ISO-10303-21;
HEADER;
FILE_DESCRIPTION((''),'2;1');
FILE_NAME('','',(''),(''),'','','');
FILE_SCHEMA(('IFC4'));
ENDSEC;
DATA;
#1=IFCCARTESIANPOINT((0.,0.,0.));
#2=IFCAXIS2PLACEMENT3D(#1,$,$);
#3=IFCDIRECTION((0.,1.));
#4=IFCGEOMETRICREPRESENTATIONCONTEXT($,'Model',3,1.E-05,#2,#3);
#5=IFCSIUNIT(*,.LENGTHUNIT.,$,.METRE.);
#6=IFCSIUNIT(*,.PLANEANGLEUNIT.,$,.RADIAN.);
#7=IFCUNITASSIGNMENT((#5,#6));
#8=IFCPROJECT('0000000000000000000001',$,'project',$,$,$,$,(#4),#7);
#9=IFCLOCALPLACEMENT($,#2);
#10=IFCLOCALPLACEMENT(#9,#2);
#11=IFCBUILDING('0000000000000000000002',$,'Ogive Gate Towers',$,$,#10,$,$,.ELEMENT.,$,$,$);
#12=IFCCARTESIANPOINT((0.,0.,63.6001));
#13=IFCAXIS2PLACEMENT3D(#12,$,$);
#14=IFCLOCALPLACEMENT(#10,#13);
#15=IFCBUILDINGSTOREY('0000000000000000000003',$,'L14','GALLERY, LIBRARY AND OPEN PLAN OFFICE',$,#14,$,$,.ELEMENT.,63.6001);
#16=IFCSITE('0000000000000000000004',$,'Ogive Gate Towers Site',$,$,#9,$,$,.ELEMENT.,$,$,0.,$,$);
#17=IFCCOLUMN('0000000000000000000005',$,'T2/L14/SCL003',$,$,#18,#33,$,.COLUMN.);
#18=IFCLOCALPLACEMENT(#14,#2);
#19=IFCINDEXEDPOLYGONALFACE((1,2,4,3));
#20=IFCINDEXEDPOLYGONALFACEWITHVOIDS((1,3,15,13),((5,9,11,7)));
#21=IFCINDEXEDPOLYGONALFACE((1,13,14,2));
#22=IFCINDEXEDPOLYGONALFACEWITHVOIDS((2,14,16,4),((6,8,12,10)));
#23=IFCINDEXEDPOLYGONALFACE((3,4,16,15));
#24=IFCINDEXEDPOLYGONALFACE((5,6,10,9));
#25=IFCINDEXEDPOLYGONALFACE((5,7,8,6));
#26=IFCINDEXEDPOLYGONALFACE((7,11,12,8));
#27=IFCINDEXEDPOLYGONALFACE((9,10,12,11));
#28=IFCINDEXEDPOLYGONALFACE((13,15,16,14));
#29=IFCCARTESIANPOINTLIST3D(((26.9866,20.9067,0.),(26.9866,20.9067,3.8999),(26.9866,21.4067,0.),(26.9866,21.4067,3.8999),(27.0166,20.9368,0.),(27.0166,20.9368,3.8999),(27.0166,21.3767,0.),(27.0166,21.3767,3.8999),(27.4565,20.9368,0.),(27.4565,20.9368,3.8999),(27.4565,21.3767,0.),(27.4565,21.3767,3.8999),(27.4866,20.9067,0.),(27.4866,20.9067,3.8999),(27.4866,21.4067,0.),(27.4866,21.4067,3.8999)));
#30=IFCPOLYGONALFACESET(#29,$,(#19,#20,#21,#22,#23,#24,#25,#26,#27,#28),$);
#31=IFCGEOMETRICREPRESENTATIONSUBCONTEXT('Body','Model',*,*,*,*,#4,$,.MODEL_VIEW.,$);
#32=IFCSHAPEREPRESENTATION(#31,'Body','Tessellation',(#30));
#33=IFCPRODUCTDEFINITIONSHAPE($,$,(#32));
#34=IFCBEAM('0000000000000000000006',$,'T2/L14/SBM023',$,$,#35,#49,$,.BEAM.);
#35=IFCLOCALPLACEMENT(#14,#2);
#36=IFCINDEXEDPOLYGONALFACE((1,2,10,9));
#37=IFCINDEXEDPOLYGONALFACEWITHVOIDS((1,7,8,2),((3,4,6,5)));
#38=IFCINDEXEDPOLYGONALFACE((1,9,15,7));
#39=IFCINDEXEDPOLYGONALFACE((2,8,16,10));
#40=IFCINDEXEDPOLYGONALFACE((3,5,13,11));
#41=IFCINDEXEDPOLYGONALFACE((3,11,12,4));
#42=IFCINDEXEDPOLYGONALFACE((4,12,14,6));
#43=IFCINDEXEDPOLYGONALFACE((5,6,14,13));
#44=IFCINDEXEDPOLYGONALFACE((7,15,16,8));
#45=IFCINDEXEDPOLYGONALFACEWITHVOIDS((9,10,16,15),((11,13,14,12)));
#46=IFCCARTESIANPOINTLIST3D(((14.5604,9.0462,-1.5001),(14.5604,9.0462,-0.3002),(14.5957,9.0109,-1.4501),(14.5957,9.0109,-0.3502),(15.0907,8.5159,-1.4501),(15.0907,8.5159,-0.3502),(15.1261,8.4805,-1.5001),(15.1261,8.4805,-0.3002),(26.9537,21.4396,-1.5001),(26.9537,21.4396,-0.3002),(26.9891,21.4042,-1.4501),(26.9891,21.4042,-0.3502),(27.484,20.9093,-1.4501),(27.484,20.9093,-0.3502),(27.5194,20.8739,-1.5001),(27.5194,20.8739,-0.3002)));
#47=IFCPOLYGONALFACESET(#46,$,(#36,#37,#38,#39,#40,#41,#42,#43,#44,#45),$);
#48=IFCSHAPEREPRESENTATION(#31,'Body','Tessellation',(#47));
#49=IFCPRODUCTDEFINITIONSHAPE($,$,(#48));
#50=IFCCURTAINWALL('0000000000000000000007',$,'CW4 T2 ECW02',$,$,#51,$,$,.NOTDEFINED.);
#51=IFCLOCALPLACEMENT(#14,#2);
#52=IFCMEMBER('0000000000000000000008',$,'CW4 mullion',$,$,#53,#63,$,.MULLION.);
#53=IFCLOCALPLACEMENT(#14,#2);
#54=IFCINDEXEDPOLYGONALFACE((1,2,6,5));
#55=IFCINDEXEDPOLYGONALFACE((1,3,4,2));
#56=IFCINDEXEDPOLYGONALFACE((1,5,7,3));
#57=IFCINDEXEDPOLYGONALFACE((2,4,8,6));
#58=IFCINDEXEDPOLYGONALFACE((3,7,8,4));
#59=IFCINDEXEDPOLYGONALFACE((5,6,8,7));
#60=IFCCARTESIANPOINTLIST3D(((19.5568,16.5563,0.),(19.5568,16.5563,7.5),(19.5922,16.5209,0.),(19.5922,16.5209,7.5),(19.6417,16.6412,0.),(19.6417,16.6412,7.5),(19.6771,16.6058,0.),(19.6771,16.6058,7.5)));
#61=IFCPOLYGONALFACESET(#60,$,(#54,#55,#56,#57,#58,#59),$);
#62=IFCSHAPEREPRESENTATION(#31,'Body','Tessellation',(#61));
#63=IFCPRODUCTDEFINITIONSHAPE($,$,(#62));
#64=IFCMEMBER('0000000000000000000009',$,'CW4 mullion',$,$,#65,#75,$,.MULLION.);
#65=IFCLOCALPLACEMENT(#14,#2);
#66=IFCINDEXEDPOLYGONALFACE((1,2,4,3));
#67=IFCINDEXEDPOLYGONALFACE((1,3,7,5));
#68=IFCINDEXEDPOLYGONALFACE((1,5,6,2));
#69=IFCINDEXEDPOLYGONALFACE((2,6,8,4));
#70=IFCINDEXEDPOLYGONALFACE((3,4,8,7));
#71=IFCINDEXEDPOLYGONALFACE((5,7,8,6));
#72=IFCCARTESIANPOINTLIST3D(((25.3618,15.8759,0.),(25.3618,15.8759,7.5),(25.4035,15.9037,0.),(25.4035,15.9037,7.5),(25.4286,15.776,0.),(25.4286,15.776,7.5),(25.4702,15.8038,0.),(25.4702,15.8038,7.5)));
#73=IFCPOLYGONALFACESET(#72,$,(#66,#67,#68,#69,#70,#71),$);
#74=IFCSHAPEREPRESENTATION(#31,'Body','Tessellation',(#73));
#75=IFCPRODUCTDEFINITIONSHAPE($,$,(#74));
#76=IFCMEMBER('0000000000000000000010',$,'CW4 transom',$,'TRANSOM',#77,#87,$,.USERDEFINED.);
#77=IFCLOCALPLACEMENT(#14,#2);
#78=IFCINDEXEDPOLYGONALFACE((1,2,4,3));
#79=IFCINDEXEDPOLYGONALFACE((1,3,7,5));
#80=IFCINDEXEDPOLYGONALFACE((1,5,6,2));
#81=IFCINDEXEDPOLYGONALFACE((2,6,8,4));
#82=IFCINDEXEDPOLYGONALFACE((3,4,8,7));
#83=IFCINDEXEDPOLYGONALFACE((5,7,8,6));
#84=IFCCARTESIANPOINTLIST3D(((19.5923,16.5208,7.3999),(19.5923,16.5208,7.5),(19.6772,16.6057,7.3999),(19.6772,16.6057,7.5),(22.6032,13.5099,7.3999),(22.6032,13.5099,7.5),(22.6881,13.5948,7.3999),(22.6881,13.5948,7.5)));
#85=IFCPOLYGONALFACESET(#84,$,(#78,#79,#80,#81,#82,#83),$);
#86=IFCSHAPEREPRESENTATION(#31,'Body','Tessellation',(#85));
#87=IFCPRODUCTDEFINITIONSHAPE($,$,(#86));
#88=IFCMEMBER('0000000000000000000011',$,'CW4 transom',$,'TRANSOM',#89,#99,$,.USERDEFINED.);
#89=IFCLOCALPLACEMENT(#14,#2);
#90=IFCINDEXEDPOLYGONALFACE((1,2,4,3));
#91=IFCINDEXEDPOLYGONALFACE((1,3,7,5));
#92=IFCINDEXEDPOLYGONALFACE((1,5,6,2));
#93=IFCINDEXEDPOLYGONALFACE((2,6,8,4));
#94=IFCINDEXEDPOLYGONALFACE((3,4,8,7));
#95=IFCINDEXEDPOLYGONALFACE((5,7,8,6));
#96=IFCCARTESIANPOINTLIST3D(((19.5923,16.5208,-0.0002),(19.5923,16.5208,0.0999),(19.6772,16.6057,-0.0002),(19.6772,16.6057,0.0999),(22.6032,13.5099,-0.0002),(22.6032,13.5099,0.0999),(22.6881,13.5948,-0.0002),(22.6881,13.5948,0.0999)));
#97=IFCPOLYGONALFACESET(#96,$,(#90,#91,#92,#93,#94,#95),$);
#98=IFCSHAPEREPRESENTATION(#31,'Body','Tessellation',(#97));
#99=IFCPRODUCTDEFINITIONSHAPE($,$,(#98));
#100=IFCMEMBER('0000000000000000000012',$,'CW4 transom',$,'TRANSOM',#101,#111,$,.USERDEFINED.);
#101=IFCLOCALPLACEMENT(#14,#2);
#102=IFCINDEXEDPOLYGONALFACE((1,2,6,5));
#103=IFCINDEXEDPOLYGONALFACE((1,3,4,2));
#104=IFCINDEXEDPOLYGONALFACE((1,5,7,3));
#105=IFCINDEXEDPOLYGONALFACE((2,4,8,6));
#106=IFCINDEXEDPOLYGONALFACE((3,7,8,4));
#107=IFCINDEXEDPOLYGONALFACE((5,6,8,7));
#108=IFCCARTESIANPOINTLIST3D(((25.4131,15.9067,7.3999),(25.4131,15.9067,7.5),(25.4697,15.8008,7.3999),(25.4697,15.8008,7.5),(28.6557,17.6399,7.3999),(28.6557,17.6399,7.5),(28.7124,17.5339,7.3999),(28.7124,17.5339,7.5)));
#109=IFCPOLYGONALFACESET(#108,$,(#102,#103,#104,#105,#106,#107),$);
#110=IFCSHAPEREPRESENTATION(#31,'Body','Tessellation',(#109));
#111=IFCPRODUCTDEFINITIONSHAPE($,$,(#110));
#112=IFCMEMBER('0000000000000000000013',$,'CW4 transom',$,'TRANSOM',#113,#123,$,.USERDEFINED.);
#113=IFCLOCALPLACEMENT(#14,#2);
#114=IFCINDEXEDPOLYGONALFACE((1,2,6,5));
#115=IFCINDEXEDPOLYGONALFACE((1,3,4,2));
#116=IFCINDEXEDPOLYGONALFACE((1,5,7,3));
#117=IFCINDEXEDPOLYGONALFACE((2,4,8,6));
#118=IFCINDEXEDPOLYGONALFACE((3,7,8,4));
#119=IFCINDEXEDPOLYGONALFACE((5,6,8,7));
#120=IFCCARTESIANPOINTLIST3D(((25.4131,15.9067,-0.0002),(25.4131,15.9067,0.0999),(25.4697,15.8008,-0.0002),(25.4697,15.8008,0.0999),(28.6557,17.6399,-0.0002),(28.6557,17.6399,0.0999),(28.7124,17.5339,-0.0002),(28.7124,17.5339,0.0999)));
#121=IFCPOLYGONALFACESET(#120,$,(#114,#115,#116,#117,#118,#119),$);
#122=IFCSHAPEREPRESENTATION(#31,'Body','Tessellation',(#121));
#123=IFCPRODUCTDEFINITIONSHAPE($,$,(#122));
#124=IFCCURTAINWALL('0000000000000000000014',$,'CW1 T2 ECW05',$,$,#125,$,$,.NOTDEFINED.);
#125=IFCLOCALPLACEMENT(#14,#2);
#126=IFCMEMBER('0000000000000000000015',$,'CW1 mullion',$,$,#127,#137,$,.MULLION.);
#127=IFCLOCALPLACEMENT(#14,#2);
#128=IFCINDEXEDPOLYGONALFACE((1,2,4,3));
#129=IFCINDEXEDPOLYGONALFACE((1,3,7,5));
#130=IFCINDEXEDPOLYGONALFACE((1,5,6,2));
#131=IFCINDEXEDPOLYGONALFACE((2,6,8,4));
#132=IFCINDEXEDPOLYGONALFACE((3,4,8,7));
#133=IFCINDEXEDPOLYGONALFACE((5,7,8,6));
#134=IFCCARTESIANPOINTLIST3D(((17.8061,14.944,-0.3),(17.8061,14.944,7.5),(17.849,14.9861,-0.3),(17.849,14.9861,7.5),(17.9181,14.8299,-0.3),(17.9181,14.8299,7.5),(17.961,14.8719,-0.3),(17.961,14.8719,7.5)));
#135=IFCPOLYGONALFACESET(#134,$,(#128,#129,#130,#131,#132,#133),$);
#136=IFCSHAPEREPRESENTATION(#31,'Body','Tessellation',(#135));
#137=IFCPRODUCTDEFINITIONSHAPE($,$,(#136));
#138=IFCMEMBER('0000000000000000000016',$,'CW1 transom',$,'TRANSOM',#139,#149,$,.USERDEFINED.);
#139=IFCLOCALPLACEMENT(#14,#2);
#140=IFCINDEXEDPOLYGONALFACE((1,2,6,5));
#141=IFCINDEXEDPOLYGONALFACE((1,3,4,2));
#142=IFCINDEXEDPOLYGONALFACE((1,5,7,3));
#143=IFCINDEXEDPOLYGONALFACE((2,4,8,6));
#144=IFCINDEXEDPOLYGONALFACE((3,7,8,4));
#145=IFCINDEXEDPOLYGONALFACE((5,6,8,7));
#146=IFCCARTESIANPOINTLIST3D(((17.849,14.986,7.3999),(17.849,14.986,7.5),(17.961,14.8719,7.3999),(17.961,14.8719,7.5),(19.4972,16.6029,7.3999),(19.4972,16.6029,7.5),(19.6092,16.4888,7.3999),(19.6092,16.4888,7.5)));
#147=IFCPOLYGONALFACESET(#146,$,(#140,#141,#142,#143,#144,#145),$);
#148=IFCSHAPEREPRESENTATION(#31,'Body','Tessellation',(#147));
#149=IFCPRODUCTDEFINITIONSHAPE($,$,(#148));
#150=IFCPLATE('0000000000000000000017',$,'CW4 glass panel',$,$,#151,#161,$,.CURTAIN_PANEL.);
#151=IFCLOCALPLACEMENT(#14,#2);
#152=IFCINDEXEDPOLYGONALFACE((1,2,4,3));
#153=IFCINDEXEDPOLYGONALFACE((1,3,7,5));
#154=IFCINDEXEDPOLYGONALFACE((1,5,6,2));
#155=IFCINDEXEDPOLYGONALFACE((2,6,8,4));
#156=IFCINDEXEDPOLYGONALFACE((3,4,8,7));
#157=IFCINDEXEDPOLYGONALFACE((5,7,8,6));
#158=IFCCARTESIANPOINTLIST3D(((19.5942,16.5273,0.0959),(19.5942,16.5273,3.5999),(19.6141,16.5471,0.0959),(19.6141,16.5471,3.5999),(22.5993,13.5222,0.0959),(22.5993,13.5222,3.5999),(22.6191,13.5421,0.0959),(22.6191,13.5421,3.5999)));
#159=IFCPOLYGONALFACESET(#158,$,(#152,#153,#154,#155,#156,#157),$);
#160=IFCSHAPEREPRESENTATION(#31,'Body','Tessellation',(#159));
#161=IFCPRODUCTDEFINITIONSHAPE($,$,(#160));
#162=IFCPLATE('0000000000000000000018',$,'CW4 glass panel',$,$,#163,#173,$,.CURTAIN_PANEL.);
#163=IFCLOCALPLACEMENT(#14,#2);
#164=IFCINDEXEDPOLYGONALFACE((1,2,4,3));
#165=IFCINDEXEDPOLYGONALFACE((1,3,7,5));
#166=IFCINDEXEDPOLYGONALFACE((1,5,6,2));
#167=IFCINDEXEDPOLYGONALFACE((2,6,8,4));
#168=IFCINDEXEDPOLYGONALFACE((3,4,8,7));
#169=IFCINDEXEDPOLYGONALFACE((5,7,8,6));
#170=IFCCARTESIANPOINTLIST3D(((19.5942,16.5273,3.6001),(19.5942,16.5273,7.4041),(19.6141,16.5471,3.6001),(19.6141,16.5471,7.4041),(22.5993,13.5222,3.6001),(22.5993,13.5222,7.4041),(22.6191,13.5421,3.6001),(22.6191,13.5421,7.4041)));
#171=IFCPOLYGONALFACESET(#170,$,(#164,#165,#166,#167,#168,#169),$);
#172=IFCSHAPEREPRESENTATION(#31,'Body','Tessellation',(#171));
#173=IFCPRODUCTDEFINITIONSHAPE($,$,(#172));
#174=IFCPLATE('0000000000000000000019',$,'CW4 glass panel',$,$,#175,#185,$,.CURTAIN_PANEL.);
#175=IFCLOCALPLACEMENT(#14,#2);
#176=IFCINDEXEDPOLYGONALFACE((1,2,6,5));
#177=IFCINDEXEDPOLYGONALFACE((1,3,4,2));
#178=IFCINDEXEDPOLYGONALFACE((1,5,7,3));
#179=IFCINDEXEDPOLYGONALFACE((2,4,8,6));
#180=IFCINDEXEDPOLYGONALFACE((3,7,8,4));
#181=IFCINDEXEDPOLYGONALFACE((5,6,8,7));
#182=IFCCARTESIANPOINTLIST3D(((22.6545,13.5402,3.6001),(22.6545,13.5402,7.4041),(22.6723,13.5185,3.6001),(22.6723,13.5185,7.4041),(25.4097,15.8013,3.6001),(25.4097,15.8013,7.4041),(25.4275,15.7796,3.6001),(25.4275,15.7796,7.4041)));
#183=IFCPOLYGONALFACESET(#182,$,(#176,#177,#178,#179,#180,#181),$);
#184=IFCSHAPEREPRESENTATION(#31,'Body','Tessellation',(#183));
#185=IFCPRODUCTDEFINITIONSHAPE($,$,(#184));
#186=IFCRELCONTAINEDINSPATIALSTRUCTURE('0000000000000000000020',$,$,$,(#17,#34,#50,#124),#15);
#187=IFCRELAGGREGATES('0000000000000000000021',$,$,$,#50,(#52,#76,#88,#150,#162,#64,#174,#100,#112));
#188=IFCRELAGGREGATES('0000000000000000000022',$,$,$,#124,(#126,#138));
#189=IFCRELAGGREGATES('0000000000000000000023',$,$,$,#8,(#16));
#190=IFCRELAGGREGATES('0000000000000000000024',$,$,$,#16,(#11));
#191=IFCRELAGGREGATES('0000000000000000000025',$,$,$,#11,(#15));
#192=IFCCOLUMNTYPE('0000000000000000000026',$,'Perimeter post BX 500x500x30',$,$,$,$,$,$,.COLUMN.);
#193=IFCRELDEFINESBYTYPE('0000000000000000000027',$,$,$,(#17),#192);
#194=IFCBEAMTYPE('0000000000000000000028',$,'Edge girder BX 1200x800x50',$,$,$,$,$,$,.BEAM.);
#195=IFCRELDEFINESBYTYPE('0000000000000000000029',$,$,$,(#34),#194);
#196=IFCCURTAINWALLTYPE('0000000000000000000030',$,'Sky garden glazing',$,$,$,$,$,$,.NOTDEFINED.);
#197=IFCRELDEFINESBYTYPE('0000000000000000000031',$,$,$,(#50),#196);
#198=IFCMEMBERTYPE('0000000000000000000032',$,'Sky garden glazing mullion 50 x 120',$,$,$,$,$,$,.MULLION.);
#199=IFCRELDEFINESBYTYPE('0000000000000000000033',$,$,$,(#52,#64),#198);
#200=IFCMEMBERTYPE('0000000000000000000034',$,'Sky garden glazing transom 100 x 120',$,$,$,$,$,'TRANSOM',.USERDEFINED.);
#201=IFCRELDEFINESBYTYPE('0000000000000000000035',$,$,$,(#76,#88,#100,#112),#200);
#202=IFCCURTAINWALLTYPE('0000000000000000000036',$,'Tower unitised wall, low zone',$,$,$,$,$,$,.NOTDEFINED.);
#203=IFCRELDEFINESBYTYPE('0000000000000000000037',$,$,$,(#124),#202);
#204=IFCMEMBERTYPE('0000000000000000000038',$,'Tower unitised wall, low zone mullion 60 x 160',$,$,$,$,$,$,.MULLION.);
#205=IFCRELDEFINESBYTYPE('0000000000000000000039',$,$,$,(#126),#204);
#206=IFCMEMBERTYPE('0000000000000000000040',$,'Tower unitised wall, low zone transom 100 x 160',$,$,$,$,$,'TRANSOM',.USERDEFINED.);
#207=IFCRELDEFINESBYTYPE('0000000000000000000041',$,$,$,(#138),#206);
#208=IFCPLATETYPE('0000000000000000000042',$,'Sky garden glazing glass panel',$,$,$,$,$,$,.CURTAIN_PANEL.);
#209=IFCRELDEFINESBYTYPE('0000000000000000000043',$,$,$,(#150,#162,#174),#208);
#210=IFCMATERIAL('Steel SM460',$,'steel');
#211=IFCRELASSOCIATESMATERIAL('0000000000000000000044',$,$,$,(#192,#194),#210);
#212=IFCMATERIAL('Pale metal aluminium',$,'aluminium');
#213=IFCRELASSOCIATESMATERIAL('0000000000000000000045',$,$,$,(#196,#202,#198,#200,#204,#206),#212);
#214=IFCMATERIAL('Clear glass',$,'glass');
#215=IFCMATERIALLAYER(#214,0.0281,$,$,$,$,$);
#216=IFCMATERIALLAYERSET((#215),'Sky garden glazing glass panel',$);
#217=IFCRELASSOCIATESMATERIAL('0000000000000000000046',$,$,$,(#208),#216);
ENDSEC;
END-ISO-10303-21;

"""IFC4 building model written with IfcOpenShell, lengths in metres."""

from ifc_helpers import new_model, si_unit, direction, frame, origin, origin_2d, place, context, subcontext, project, spatial, rectangle, hollow_rectangle, extrude, material, layer, layer_set, material_profile, profile_set, type_object, element, aggregate, save


model = new_model("IFC4")

# Units and contexts
model_context = context("Model", 3, precision=1e-05, world=origin(), true_north=direction((0.0, 1.0)))
body_context = subcontext(model_context, "Body", "Model", "MODEL_VIEW")
ifc_project = project(units=[si_unit("LENGTHUNIT", "METRE"), si_unit("PLANEANGLEUNIT", "RADIAN")], contexts=[model_context])

# Site, building, storey
site_placement = place(None, origin())
site = spatial("IfcSite", under=ifc_project, at=site_placement, Name="Ogive Gate Towers Site", CompositionType="ELEMENT", RefElevation=0.0)
building_placement = place(site_placement, origin())
building = spatial("IfcBuilding", under=site, at=building_placement, Name="Ogive Gate Towers", CompositionType="ELEMENT")
storey_placement = place(building_placement, frame((0.0, 0.0, 63.6001)))
storey = spatial("IfcBuildingStorey", under=building, at=storey_placement, Name="L14", Description="GALLERY, LIBRARY AND OPEN PLAN OFFICE", CompositionType="ELEMENT", Elevation=63.6001)

# Column
ifc_material_1 = material(Name="Steel SM460", Category="steel")
ifc_material_profile_1 = material_profile(ifc_material_1, hollow_rectangle(XDim=0.5, YDim=0.5, WallThickness=0.03, at=origin_2d()), Name="BX 500x500x30")
ifc_profile_set_1 = profile_set([ifc_material_profile_1], Name="Steel SM460")
column_type = type_object("IfcColumnType", Name="Perimeter post BX 500x500x30", PredefinedType="COLUMN", material=ifc_profile_set_1)
column_placement = place(storey_placement, frame((27.2366, 21.1567, 0.0), z_axis=(0.0, 0.0, 1.0), x_axis=(1.0, 0.0, 0.0)))
element("IfcColumn", 1, at=column_placement, inside=storey, type_object=column_type, Name="T2/L14/SCL003", PredefinedType="COLUMN", context=body_context, shape_type="SweptSolid", body=[
    extrude(hollow_rectangle(XDim=0.5, YDim=0.5, WallThickness=0.03, at=origin_2d()), origin(), (0.0, 0.0, 1.0), 3.8999),
])

# Beam
ifc_material_profile_2 = material_profile(ifc_material_1, hollow_rectangle(XDim=0.8, YDim=1.2, WallThickness=0.05, at=origin_2d()), Name="BX 1200x800x50")
ifc_profile_set_2 = profile_set([ifc_material_profile_2], Name="Steel SM460")
beam_type = type_object("IfcBeamType", Name="Edge girder BX 1200x800x50", PredefinedType="BEAM", material=ifc_profile_set_2)
beam_placement = place(storey_placement, frame((27.2366, 21.1567, -0.9001), z_axis=(-0.707107, -0.707107, 0.0), x_axis=(0.707107, -0.707107, 0.0)))
element("IfcBeam", 2, at=beam_placement, inside=storey, type_object=beam_type, Name="T2/L14/SBM023", PredefinedType="BEAM", context=body_context, shape_type="SweptSolid", body=[
    extrude(hollow_rectangle(XDim=0.8, YDim=1.2, WallThickness=0.05, at=origin_2d()), origin(), (0.0, 0.0, 1.0), 17.5269),
])

# Curtain walls, members
ifc_material_2 = material(Name="Pale metal aluminium", Category="aluminium")
curtain_wall_type_1 = type_object("IfcCurtainWallType", Name="Sky garden glazing", PredefinedType="NOTDEFINED", material=ifc_material_2)
curtain_wall_1_placement = place(storey_placement, origin())
curtain_wall_1 = element("IfcCurtainWall", 3, at=curtain_wall_1_placement, inside=storey, type_object=curtain_wall_type_1, Name="CW4 T2 ECW02", PredefinedType="NOTDEFINED")
ifc_material_profile_3 = material_profile(ifc_material_2, rectangle(XDim=0.1201, YDim=0.05, at=origin_2d()), Name="50 x 120 aluminium box")
ifc_profile_set_3 = profile_set([ifc_material_profile_3], Name="Pale metal aluminium")
member_type_1 = type_object("IfcMemberType", Name="Sky garden glazing mullion 50 x 120", PredefinedType="MULLION", material=ifc_profile_set_3)
member_1_placement = place(storey_placement, frame((19.6169, 16.5811, 0.0), z_axis=(0.0, 0.0, 1.0), x_axis=(-0.707107, -0.707107, 0.0)))
member_1 = element("IfcMember", 4, at=member_1_placement, type_object=member_type_1, Name="CW4 mullion", PredefinedType="MULLION", context=body_context, shape_type="SweptSolid", body=[
    extrude(rectangle(XDim=0.1201, YDim=0.05, at=origin_2d()), origin(), (0.0, 0.0, 1.0), 7.5),
])
member_2_placement = place(storey_placement, frame((25.416, 15.8398, 0.0), z_axis=(0.0, 0.0, 1.0), x_axis=(0.55557, -0.83147, 0.0)))
member_2 = element("IfcMember", 5, at=member_2_placement, type_object=member_type_1, Name="CW4 mullion", PredefinedType="MULLION", context=body_context, shape_type="SweptSolid", body=[
    extrude(rectangle(XDim=0.1201, YDim=0.05, at=origin_2d()), origin(), (0.0, 0.0, 1.0), 7.5),
])
ifc_material_profile_4 = material_profile(ifc_material_2, rectangle(XDim=0.1201, YDim=0.1001, at=origin_2d()), Name="100 x 120 aluminium box")
ifc_profile_set_4 = profile_set([ifc_material_profile_4], Name="Pale metal aluminium")
member_type_2 = type_object("IfcMemberType", Name="Sky garden glazing transom 100 x 120", ElementType="TRANSOM", PredefinedType="USERDEFINED", material=ifc_profile_set_4)
member_3_placement = place(storey_placement, frame((19.6348, 16.5632, 7.45), z_axis=(0.707107, -0.707107, 0.0), x_axis=(0.707107, 0.707107, 0.0)))
member_3 = element("IfcMember", 6, at=member_3_placement, type_object=member_type_2, Name="CW4 transom", ObjectType="TRANSOM", PredefinedType="USERDEFINED", context=body_context, shape_type="SweptSolid", body=[
    extrude(rectangle(XDim=0.1201, YDim=0.1001, at=origin_2d()), origin(), (0.0, 0.0, 1.0), 4.2581),
])
member_4_placement = place(storey_placement, frame((19.6348, 16.5632, 0.0498), z_axis=(0.707107, -0.707107, 0.0), x_axis=(0.707107, 0.707107, 0.0)))
member_4 = element("IfcMember", 7, at=member_4_placement, type_object=member_type_2, Name="CW4 transom", ObjectType="TRANSOM", PredefinedType="USERDEFINED", context=body_context, shape_type="SweptSolid", body=[
    extrude(rectangle(XDim=0.1201, YDim=0.1001, at=origin_2d()), origin(), (0.0, 0.0, 1.0), 4.2581),
])
member_5_placement = place(storey_placement, frame((25.4414, 15.8538, 7.45), z_axis=(0.881932, 0.471377, 0.0), x_axis=(-0.471377, 0.881932, 0.0)))
member_5 = element("IfcMember", 8, at=member_5_placement, type_object=member_type_2, Name="CW4 transom", ObjectType="TRANSOM", PredefinedType="USERDEFINED", context=body_context, shape_type="SweptSolid", body=[
    extrude(rectangle(XDim=0.1201, YDim=0.1001, at=origin_2d()), origin(), (0.0, 0.0, 1.0), 3.6768),
])
member_6_placement = place(storey_placement, frame((25.4414, 15.8538, 0.0498), z_axis=(0.881932, 0.471377, 0.0), x_axis=(-0.471377, 0.881932, 0.0)))
member_6 = element("IfcMember", 9, at=member_6_placement, type_object=member_type_2, Name="CW4 transom", ObjectType="TRANSOM", PredefinedType="USERDEFINED", context=body_context, shape_type="SweptSolid", body=[
    extrude(rectangle(XDim=0.1201, YDim=0.1001, at=origin_2d()), origin(), (0.0, 0.0, 1.0), 3.6768),
])
curtain_wall_type_2 = type_object("IfcCurtainWallType", Name="Tower unitised wall, low zone", PredefinedType="NOTDEFINED", material=ifc_material_2)
curtain_wall_2_placement = place(storey_placement, origin())
curtain_wall_2 = element("IfcCurtainWall", 10, at=curtain_wall_2_placement, inside=storey, type_object=curtain_wall_type_2, Name="CW1 T2 ECW05", PredefinedType="NOTDEFINED")
ifc_material_profile_5 = material_profile(ifc_material_2, rectangle(XDim=0.1599, YDim=0.0601, at=origin_2d()), Name="60 x 160 aluminium box")
ifc_profile_set_5 = profile_set([ifc_material_profile_5], Name="Pale metal aluminium")
member_type_3 = type_object("IfcMemberType", Name="Tower unitised wall, low zone mullion 60 x 160", PredefinedType="MULLION", material=ifc_profile_set_5)
member_7_placement = place(storey_placement, frame((17.8835, 14.908, -0.3), z_axis=(0.0, 0.0, 1.0), x_axis=(0.700287, -0.713862, 0.0)))
member_7 = element("IfcMember", 11, at=member_7_placement, type_object=member_type_3, Name="CW1 mullion", PredefinedType="MULLION", context=body_context, shape_type="SweptSolid", body=[
    extrude(rectangle(XDim=0.1599, YDim=0.0601, at=origin_2d()), origin(), (0.0, 0.0, 1.0), 7.8),
])
ifc_material_profile_6 = material_profile(ifc_material_2, rectangle(XDim=0.1599, YDim=0.1001, at=origin_2d()), Name="100 x 160 aluminium box")
ifc_profile_set_6 = profile_set([ifc_material_profile_6], Name="Pale metal aluminium")
member_type_4 = type_object("IfcMemberType", Name="Tower unitised wall, low zone transom 100 x 160", ElementType="TRANSOM", PredefinedType="USERDEFINED", material=ifc_profile_set_6)
member_8_placement = place(storey_placement, frame((17.905, 14.929, 7.45), z_axis=(0.713842, 0.700307, 0.0), x_axis=(-0.700307, 0.713842, 0.0)))
member_8 = element("IfcMember", 12, at=member_8_placement, type_object=member_type_4, Name="CW1 transom", ObjectType="TRANSOM", PredefinedType="USERDEFINED", context=body_context, shape_type="SweptSolid", body=[
    extrude(rectangle(XDim=0.1599, YDim=0.1001, at=origin_2d()), origin(), (0.0, 0.0, 1.0), 2.3088),
])

# Plates
ifc_material_3 = material(Name="Clear glass", Category="glass")
ifc_layer_1 = layer(ifc_material_3, 0.0281)
ifc_layer_set_1 = layer_set([ifc_layer_1], Name="Sky garden glazing glass panel")
plate_type_1 = type_object("IfcPlateType", Name="Sky garden glazing glass panel", PredefinedType="CURTAIN_PANEL", material=ifc_layer_set_1)
plate_1_placement = place(storey_placement, frame((21.1067, 15.0347, 0.0959), z_axis=(0.0, 0.0, 1.0), x_axis=(0.707107, -0.707107, 0.0)))
plate_1 = element("IfcPlate", 13, at=plate_1_placement, type_object=plate_type_1, Name="CW4 glass panel", PredefinedType="CURTAIN_PANEL", context=body_context, shape_type="SweptSolid", body=[
    extrude(rectangle(XDim=4.2498, YDim=0.0281, at=origin_2d()), origin(), (0.0, 0.0, 1.0), 3.5039),
])
plate_2_placement = place(storey_placement, frame((21.1067, 15.0347, 3.6001), z_axis=(0.0, 0.0, 1.0), x_axis=(0.707107, -0.707107, 0.0)))
plate_2 = element("IfcPlate", 14, at=plate_2_placement, type_object=plate_type_1, Name="CW4 glass panel", PredefinedType="CURTAIN_PANEL", context=body_context, shape_type="SweptSolid", body=[
    extrude(rectangle(XDim=4.2498, YDim=0.0281, at=origin_2d()), origin(), (0.0, 0.0, 1.0), 3.804),
])
plate_3_placement = place(storey_placement, frame((24.041, 14.6599, 3.6001), z_axis=(0.0, 0.0, 1.0), x_axis=(0.773022, 0.63438, 0.0)))
plate_3 = element("IfcPlate", 15, at=plate_3_placement, type_object=plate_type_1, Name="CW4 glass panel", PredefinedType="CURTAIN_PANEL", context=body_context, shape_type="SweptSolid", body=[
    extrude(rectangle(XDim=3.5642, YDim=0.0281, at=origin_2d()), origin(), (0.0, 0.0, 1.0), 3.804),
])
aggregate(curtain_wall_1, [member_1, member_3, member_4, plate_1, plate_2, member_2, plate_3, member_5, member_6])
aggregate(curtain_wall_2, [member_7, member_8])

save(model, "model.ifc")
